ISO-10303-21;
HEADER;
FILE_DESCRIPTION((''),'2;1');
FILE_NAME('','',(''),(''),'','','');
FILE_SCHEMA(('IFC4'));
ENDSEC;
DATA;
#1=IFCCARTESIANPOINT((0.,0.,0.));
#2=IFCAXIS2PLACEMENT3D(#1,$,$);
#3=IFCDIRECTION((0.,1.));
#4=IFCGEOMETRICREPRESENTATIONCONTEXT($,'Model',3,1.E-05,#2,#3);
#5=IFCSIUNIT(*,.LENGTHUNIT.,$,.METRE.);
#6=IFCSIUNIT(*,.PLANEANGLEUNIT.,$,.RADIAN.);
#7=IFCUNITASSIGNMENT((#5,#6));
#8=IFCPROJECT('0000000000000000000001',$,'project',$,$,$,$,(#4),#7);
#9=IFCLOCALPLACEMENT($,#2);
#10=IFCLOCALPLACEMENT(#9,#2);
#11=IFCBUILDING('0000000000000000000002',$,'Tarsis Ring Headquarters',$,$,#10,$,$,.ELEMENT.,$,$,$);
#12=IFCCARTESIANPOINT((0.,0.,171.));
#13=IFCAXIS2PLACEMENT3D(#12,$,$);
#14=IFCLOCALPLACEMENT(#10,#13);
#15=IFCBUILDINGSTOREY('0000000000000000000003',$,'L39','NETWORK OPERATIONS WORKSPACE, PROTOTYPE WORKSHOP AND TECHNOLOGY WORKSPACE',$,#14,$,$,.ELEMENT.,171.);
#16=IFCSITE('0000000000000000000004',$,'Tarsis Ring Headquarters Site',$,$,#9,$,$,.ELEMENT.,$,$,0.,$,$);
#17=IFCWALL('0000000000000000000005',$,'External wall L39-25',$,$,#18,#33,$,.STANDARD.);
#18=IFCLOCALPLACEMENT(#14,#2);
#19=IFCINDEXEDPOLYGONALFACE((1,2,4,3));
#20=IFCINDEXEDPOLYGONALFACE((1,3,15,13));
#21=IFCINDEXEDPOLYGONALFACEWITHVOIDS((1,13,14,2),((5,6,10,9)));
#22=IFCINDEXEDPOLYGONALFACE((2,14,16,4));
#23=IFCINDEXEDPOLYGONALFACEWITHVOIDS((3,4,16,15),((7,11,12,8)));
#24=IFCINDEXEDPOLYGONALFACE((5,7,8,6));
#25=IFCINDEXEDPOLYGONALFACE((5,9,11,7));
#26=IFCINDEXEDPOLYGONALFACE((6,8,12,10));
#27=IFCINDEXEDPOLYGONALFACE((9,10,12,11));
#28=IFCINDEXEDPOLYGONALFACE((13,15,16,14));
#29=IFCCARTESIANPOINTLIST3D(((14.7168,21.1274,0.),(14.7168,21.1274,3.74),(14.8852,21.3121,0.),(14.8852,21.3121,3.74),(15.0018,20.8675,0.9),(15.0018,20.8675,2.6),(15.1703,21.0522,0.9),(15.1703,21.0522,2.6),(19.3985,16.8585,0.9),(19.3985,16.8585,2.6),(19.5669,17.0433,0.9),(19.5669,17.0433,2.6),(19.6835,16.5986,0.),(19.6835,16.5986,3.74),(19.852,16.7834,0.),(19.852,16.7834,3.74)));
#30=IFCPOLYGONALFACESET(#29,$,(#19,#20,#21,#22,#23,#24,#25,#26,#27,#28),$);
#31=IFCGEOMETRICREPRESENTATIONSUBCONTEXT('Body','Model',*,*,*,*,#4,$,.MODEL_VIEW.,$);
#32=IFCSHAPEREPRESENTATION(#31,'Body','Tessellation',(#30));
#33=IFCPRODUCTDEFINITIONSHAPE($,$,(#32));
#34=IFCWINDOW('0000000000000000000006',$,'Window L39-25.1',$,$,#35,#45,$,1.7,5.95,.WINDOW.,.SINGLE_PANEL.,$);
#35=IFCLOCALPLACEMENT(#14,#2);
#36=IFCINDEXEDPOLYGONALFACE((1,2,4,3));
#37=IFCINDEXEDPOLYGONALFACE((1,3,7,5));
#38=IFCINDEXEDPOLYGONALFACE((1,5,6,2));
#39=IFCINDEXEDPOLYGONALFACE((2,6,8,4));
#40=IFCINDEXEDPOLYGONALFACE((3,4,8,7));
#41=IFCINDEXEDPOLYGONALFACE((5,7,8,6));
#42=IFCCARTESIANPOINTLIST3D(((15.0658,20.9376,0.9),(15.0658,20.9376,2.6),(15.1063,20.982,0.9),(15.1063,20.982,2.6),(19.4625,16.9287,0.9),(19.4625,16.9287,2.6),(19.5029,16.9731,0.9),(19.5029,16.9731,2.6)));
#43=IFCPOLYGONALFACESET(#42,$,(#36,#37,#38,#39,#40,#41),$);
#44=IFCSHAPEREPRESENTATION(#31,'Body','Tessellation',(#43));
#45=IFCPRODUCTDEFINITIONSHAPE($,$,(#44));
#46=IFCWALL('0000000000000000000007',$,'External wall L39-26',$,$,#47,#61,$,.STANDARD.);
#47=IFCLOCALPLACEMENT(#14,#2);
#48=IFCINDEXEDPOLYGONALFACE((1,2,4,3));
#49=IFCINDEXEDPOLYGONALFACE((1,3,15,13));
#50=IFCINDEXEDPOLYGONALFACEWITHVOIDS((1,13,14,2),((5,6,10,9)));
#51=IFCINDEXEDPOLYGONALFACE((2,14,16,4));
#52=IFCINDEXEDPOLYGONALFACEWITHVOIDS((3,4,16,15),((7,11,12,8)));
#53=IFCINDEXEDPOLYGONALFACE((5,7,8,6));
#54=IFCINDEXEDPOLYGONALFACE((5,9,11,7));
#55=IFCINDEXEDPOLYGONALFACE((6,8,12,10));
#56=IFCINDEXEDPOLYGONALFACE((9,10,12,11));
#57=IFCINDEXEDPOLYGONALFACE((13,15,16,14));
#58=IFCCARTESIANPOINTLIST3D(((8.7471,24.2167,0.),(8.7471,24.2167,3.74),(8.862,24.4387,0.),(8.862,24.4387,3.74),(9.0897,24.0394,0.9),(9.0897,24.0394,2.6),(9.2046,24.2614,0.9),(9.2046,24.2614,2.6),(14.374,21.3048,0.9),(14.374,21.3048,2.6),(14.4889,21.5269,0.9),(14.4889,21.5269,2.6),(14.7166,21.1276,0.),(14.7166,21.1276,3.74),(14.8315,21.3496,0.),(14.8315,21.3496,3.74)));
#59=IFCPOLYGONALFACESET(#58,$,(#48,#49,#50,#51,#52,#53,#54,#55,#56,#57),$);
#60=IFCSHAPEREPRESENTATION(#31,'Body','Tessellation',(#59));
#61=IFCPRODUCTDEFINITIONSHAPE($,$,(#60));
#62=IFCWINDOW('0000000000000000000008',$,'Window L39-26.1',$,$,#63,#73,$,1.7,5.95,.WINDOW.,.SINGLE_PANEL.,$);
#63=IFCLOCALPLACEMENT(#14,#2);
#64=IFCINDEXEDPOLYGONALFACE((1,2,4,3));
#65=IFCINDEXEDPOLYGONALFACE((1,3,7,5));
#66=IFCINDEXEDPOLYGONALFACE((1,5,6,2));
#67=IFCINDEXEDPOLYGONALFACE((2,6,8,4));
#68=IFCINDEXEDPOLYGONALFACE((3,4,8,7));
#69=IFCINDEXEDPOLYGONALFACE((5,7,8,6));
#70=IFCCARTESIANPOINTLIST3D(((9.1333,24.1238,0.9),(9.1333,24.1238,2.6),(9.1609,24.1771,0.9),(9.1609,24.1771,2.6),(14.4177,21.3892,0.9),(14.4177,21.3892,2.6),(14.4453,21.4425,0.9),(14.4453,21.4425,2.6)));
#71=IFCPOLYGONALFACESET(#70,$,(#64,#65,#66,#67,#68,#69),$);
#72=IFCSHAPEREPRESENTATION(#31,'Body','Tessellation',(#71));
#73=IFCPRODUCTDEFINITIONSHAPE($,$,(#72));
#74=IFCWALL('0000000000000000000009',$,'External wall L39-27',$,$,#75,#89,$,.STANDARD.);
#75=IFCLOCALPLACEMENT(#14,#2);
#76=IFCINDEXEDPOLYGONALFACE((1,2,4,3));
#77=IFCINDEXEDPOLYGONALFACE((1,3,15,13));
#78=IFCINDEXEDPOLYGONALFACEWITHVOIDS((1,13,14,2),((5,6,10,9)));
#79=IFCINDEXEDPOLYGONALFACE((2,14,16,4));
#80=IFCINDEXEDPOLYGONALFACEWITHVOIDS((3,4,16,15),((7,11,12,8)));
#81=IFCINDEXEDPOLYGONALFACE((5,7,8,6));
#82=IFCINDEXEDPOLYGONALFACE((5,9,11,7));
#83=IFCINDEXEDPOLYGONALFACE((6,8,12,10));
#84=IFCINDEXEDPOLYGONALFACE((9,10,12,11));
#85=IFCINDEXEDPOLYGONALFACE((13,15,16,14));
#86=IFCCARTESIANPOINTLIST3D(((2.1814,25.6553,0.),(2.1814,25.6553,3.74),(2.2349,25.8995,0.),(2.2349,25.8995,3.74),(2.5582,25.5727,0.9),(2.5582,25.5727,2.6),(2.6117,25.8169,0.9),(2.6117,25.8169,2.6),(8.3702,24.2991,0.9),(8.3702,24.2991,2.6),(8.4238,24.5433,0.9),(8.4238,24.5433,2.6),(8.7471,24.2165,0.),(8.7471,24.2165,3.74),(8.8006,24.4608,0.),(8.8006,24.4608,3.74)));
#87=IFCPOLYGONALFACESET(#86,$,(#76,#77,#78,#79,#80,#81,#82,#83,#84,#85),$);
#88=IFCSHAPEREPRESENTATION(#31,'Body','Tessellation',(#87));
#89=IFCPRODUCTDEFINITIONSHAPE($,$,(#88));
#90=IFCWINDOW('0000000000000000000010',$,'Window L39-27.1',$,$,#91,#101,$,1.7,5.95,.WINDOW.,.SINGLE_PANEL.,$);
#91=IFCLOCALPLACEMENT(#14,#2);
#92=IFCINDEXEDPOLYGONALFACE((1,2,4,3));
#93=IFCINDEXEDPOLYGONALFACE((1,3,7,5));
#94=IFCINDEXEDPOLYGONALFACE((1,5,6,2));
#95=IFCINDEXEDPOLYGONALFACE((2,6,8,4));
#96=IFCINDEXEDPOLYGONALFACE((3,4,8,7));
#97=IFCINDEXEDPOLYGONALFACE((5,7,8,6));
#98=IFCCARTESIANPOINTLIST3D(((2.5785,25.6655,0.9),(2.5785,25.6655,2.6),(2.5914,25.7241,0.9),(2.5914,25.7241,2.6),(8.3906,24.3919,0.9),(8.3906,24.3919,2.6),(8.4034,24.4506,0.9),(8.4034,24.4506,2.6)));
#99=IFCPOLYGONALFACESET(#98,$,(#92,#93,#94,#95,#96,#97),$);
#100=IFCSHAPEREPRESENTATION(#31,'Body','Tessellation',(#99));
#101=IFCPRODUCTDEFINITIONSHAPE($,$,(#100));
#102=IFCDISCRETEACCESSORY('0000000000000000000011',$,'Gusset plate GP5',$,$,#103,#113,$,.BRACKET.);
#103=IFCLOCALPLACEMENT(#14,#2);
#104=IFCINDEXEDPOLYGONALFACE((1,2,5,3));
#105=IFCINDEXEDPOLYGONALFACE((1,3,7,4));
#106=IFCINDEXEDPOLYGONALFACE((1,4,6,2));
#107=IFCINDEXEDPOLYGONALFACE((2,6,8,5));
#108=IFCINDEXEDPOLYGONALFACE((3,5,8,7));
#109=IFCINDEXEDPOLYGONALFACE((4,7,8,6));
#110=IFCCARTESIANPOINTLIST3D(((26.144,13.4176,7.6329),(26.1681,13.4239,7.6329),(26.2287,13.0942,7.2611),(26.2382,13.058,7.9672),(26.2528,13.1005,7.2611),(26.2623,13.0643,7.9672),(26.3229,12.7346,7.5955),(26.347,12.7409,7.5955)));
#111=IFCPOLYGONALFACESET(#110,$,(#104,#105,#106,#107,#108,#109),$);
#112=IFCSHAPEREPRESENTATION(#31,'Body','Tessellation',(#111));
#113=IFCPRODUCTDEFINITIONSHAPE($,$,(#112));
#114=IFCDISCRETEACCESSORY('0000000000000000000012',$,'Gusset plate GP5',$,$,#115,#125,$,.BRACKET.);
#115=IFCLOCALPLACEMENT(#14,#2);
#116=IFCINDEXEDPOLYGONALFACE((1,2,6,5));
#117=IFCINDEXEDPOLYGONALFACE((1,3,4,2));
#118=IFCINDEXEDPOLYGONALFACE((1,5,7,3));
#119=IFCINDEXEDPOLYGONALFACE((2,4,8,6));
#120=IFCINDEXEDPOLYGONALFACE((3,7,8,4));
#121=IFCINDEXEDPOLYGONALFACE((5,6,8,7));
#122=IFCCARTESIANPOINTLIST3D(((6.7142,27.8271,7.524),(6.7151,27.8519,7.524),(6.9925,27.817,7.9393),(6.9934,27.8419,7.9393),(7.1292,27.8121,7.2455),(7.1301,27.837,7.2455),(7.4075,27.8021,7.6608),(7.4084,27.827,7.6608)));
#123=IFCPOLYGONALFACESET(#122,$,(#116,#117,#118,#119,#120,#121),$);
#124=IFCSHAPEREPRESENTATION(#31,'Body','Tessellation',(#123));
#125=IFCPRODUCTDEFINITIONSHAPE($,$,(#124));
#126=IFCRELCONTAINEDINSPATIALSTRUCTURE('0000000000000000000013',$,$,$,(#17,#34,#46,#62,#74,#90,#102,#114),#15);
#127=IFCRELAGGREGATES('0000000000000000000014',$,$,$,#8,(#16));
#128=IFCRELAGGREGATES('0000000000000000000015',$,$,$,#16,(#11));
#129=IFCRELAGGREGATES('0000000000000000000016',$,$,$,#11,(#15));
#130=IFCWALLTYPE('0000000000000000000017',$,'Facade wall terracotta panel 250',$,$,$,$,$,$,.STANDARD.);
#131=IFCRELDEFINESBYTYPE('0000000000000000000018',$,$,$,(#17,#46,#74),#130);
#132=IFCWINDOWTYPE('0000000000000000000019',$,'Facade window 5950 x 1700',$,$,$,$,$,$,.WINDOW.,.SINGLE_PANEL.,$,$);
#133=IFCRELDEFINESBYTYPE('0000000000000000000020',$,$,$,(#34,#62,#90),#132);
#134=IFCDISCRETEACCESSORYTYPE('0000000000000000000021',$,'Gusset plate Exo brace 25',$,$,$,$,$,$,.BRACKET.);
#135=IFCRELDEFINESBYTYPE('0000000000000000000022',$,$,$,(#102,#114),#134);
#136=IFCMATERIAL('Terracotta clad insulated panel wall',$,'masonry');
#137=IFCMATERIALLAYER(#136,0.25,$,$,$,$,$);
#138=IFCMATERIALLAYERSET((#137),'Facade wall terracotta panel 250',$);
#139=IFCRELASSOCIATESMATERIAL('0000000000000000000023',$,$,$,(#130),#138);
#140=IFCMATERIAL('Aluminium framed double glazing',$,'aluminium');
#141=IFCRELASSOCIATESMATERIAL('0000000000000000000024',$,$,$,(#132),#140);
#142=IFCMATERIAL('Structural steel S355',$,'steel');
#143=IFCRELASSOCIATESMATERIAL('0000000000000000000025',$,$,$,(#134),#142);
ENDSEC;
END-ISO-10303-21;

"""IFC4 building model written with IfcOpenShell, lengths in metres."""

from ifc_helpers import new_model, si_unit, direction, frame, frame_2d, origin, origin_2d, place, context, subcontext, project, spatial, rectangle, extrude, material, layer, layer_set, material_profile, profile_set, type_object, element, fill, save


model = new_model("IFC4")

# Units and contexts
model_context = context("Model", 3, precision=1e-05, world=origin(), true_north=direction((0.0, 1.0)))
body_context = subcontext(model_context, "Body", "Model", "MODEL_VIEW")
ifc_project = project(units=[si_unit("LENGTHUNIT", "METRE"), si_unit("PLANEANGLEUNIT", "RADIAN")], contexts=[model_context])

# Site, building, storey
site_placement = place(None, origin())
site = spatial("IfcSite", under=ifc_project, at=site_placement, Name="Tarsis Ring Headquarters Site", CompositionType="ELEMENT", RefElevation=0.0)
building_placement = place(site_placement, origin())
building = spatial("IfcBuilding", under=site, at=building_placement, Name="Tarsis Ring Headquarters", CompositionType="ELEMENT")
storey_placement = place(building_placement, frame((0.0, 0.0, 171.0)))
storey = spatial("IfcBuildingStorey", under=building, at=storey_placement, Name="L39", Description="NETWORK OPERATIONS WORKSPACE, PROTOTYPE WORKSHOP AND TECHNOLOGY WORKSPACE", CompositionType="ELEMENT", Elevation=171.0)

# Shared definitions
ifc_material_1 = material(Name="Structural steel S355", Category="steel")

# Walls, openings, windows
ifc_material_2 = material(Name="Terracotta clad insulated panel wall", Category="masonry")
ifc_layer = layer(ifc_material_2, 0.25)
ifc_layer_set = layer_set([ifc_layer], Name="Facade wall terracotta panel 250")
wall_type = type_object("IfcWallType", Name="Facade wall terracotta panel 250", PredefinedType="STANDARD", material=ifc_layer_set)
wall_1_placement = place(storey_placement, frame((19.7678, 16.6909, 0.0), z_axis=(0.0, 0.0, 1.0), x_axis=(-0.738937, 0.673775, 0.0)))
wall_1 = element("IfcWall", 1, at=wall_1_placement, inside=storey, type_object=wall_type, Name="External wall L39-25", PredefinedType="STANDARD", context=body_context, shape_type="SweptSolid", body=[
    extrude(rectangle(XDim=6.7214, YDim=0.25, at=frame_2d((3.3608, 0.0))), origin(), (0.0, 0.0, 1.0), 3.74),
])
opening_1_placement = place(wall_1_placement, frame((0.3857, 0.0, 0.8999)))
opening_1 = element("IfcOpeningElement", 2, at=opening_1_placement, cuts=wall_1, PredefinedType="OPENING", context=body_context, shape_type="SweptSolid", body=[
    extrude(rectangle(XDim=5.95, YDim=1.7, at=frame_2d((2.9751, 0.8501))), frame((0.0, 0.135, 0.0), z_axis=(0.0, -1.0, 0.0), x_axis=(1.0, 0.0, 0.0)), (0.0, 0.0, 1.0), 0.27),
])
ifc_material_3 = material(Name="Aluminium framed double glazing", Category="aluminium")
window_type = type_object("IfcWindowType", Name="Facade window 5950 x 1700", PartitioningType="SINGLE_PANEL", PredefinedType="WINDOW", material=ifc_material_3)
window_1_placement = place(opening_1_placement, origin())
window_1 = element("IfcWindow", 3, at=window_1_placement, inside=storey, type_object=window_type, Name="Window L39-25.1", OverallHeight=1.7, OverallWidth=5.95, PartitioningType="SINGLE_PANEL", PredefinedType="WINDOW", context=body_context, shape_type="SweptSolid", body=[
    extrude(rectangle(XDim=5.95, YDim=1.7, at=frame_2d((2.9751, 0.8501))), frame((0.0, 0.03, 0.0), z_axis=(0.0, -1.0, 0.0), x_axis=(1.0, 0.0, 0.0)), (0.0, 0.0, 1.0), 0.0601),
])
fill(opening_1, window_1)
wall_2_placement = place(storey_placement, frame((14.7742, 21.2385, 0.0), z_axis=(0.0, 0.0, 1.0), x_axis=(-0.88813, 0.459593, 0.0)))
wall_2 = element("IfcWall", 4, at=wall_2_placement, inside=storey, type_object=wall_type, Name="External wall L39-26", PredefinedType="STANDARD", context=body_context, shape_type="SweptSolid", body=[
    extrude(rectangle(XDim=6.7214, YDim=0.25, at=frame_2d((3.3608, 0.0))), origin(), (0.0, 0.0, 1.0), 3.74),
])
opening_2_placement = place(wall_2_placement, frame((0.3857, 0.0, 0.8999)))
opening_2 = element("IfcOpeningElement", 5, at=opening_2_placement, cuts=wall_2, PredefinedType="OPENING", context=body_context, shape_type="SweptSolid", body=[
    extrude(rectangle(XDim=5.95, YDim=1.7, at=frame_2d((2.9751, 0.8501))), frame((0.0, 0.135, 0.0), z_axis=(0.0, -1.0, 0.0), x_axis=(1.0, 0.0, 0.0)), (0.0, 0.0, 1.0), 0.27),
])
window_2_placement = place(opening_2_placement, origin())
window_2 = element("IfcWindow", 6, at=window_2_placement, inside=storey, type_object=window_type, Name="Window L39-26.1", OverallHeight=1.7, OverallWidth=5.95, PartitioningType="SINGLE_PANEL", PredefinedType="WINDOW", context=body_context, shape_type="SweptSolid", body=[
    extrude(rectangle(XDim=5.95, YDim=1.7, at=frame_2d((2.9751, 0.8501))), frame((0.0, 0.03, 0.0), z_axis=(0.0, -1.0, 0.0), x_axis=(1.0, 0.0, 0.0)), (0.0, 0.0, 1.0), 0.0601),
])
fill(opening_2, window_2)
wall_3_placement = place(storey_placement, frame((8.7739, 24.3386, 0.0), z_axis=(0.0, 0.0, 1.0), x_axis=(-0.976823, 0.214049, 0.0)))
wall_3 = element("IfcWall", 7, at=wall_3_placement, inside=storey, type_object=wall_type, Name="External wall L39-27", PredefinedType="STANDARD", context=body_context, shape_type="SweptSolid", body=[
    extrude(rectangle(XDim=6.7214, YDim=0.25, at=frame_2d((3.3608, 0.0))), origin(), (0.0, 0.0, 1.0), 3.74),
])
opening_3_placement = place(wall_3_placement, frame((0.3857, 0.0, 0.8999)))
opening_3 = element("IfcOpeningElement", 8, at=opening_3_placement, cuts=wall_3, PredefinedType="OPENING", context=body_context, shape_type="SweptSolid", body=[
    extrude(rectangle(XDim=5.95, YDim=1.7, at=frame_2d((2.9751, 0.8501))), frame((0.0, 0.135, 0.0), z_axis=(0.0, -1.0, 0.0), x_axis=(1.0, 0.0, 0.0)), (0.0, 0.0, 1.0), 0.27),
])
window_3_placement = place(opening_3_placement, origin())
window_3 = element("IfcWindow", 9, at=window_3_placement, inside=storey, type_object=window_type, Name="Window L39-27.1", OverallHeight=1.7, OverallWidth=5.95, PartitioningType="SINGLE_PANEL", PredefinedType="WINDOW", context=body_context, shape_type="SweptSolid", body=[
    extrude(rectangle(XDim=5.95, YDim=1.7, at=frame_2d((2.9751, 0.8501))), frame((0.0, 0.03, 0.0), z_axis=(0.0, -1.0, 0.0), x_axis=(1.0, 0.0, 0.0)), (0.0, 0.0, 1.0), 0.0601),
])
fill(opening_3, window_3)

# Discrete accessories
ifc_material_profile_1 = material_profile(ifc_material_1, rectangle(XDim=0.0249, YDim=0.5, at=origin_2d()), Name="PL 25x500")
ifc_profile_set_1 = profile_set([ifc_material_profile_1], Name="Structural steel S355")
discrete_accessory_type = type_object("IfcDiscreteAccessoryType", Name="Gusset plate Exo brace 25", PredefinedType="BRACKET", material=ifc_profile_set_1)
for number, where, z_axis, x_axis, name in (
    (10, (26.2031, 13.241, 7.8), (0.169408, -0.646876, -0.743541), (0.967376, 0.253343, 0.0), "Gusset plate GP5"),
    (11, (7.2004, 27.822, 7.8), (-0.556616, 0.020019, -0.830529), (-0.035942, -0.999354, 0.0), "Gusset plate GP5"),
):
    element("IfcDiscreteAccessory", number, at=place(storey_placement, frame(where, z_axis=z_axis, x_axis=x_axis)), inside=storey, type_object=discrete_accessory_type, Name=name, PredefinedType="BRACKET", context=body_context, shape_type="SweptSolid", body=[
        extrude(rectangle(XDim=0.0249, YDim=0.5, at=origin_2d()), origin(), (0.0, 0.0, 1.0), 0.5),
    ])

save(model, "model.ifc")
